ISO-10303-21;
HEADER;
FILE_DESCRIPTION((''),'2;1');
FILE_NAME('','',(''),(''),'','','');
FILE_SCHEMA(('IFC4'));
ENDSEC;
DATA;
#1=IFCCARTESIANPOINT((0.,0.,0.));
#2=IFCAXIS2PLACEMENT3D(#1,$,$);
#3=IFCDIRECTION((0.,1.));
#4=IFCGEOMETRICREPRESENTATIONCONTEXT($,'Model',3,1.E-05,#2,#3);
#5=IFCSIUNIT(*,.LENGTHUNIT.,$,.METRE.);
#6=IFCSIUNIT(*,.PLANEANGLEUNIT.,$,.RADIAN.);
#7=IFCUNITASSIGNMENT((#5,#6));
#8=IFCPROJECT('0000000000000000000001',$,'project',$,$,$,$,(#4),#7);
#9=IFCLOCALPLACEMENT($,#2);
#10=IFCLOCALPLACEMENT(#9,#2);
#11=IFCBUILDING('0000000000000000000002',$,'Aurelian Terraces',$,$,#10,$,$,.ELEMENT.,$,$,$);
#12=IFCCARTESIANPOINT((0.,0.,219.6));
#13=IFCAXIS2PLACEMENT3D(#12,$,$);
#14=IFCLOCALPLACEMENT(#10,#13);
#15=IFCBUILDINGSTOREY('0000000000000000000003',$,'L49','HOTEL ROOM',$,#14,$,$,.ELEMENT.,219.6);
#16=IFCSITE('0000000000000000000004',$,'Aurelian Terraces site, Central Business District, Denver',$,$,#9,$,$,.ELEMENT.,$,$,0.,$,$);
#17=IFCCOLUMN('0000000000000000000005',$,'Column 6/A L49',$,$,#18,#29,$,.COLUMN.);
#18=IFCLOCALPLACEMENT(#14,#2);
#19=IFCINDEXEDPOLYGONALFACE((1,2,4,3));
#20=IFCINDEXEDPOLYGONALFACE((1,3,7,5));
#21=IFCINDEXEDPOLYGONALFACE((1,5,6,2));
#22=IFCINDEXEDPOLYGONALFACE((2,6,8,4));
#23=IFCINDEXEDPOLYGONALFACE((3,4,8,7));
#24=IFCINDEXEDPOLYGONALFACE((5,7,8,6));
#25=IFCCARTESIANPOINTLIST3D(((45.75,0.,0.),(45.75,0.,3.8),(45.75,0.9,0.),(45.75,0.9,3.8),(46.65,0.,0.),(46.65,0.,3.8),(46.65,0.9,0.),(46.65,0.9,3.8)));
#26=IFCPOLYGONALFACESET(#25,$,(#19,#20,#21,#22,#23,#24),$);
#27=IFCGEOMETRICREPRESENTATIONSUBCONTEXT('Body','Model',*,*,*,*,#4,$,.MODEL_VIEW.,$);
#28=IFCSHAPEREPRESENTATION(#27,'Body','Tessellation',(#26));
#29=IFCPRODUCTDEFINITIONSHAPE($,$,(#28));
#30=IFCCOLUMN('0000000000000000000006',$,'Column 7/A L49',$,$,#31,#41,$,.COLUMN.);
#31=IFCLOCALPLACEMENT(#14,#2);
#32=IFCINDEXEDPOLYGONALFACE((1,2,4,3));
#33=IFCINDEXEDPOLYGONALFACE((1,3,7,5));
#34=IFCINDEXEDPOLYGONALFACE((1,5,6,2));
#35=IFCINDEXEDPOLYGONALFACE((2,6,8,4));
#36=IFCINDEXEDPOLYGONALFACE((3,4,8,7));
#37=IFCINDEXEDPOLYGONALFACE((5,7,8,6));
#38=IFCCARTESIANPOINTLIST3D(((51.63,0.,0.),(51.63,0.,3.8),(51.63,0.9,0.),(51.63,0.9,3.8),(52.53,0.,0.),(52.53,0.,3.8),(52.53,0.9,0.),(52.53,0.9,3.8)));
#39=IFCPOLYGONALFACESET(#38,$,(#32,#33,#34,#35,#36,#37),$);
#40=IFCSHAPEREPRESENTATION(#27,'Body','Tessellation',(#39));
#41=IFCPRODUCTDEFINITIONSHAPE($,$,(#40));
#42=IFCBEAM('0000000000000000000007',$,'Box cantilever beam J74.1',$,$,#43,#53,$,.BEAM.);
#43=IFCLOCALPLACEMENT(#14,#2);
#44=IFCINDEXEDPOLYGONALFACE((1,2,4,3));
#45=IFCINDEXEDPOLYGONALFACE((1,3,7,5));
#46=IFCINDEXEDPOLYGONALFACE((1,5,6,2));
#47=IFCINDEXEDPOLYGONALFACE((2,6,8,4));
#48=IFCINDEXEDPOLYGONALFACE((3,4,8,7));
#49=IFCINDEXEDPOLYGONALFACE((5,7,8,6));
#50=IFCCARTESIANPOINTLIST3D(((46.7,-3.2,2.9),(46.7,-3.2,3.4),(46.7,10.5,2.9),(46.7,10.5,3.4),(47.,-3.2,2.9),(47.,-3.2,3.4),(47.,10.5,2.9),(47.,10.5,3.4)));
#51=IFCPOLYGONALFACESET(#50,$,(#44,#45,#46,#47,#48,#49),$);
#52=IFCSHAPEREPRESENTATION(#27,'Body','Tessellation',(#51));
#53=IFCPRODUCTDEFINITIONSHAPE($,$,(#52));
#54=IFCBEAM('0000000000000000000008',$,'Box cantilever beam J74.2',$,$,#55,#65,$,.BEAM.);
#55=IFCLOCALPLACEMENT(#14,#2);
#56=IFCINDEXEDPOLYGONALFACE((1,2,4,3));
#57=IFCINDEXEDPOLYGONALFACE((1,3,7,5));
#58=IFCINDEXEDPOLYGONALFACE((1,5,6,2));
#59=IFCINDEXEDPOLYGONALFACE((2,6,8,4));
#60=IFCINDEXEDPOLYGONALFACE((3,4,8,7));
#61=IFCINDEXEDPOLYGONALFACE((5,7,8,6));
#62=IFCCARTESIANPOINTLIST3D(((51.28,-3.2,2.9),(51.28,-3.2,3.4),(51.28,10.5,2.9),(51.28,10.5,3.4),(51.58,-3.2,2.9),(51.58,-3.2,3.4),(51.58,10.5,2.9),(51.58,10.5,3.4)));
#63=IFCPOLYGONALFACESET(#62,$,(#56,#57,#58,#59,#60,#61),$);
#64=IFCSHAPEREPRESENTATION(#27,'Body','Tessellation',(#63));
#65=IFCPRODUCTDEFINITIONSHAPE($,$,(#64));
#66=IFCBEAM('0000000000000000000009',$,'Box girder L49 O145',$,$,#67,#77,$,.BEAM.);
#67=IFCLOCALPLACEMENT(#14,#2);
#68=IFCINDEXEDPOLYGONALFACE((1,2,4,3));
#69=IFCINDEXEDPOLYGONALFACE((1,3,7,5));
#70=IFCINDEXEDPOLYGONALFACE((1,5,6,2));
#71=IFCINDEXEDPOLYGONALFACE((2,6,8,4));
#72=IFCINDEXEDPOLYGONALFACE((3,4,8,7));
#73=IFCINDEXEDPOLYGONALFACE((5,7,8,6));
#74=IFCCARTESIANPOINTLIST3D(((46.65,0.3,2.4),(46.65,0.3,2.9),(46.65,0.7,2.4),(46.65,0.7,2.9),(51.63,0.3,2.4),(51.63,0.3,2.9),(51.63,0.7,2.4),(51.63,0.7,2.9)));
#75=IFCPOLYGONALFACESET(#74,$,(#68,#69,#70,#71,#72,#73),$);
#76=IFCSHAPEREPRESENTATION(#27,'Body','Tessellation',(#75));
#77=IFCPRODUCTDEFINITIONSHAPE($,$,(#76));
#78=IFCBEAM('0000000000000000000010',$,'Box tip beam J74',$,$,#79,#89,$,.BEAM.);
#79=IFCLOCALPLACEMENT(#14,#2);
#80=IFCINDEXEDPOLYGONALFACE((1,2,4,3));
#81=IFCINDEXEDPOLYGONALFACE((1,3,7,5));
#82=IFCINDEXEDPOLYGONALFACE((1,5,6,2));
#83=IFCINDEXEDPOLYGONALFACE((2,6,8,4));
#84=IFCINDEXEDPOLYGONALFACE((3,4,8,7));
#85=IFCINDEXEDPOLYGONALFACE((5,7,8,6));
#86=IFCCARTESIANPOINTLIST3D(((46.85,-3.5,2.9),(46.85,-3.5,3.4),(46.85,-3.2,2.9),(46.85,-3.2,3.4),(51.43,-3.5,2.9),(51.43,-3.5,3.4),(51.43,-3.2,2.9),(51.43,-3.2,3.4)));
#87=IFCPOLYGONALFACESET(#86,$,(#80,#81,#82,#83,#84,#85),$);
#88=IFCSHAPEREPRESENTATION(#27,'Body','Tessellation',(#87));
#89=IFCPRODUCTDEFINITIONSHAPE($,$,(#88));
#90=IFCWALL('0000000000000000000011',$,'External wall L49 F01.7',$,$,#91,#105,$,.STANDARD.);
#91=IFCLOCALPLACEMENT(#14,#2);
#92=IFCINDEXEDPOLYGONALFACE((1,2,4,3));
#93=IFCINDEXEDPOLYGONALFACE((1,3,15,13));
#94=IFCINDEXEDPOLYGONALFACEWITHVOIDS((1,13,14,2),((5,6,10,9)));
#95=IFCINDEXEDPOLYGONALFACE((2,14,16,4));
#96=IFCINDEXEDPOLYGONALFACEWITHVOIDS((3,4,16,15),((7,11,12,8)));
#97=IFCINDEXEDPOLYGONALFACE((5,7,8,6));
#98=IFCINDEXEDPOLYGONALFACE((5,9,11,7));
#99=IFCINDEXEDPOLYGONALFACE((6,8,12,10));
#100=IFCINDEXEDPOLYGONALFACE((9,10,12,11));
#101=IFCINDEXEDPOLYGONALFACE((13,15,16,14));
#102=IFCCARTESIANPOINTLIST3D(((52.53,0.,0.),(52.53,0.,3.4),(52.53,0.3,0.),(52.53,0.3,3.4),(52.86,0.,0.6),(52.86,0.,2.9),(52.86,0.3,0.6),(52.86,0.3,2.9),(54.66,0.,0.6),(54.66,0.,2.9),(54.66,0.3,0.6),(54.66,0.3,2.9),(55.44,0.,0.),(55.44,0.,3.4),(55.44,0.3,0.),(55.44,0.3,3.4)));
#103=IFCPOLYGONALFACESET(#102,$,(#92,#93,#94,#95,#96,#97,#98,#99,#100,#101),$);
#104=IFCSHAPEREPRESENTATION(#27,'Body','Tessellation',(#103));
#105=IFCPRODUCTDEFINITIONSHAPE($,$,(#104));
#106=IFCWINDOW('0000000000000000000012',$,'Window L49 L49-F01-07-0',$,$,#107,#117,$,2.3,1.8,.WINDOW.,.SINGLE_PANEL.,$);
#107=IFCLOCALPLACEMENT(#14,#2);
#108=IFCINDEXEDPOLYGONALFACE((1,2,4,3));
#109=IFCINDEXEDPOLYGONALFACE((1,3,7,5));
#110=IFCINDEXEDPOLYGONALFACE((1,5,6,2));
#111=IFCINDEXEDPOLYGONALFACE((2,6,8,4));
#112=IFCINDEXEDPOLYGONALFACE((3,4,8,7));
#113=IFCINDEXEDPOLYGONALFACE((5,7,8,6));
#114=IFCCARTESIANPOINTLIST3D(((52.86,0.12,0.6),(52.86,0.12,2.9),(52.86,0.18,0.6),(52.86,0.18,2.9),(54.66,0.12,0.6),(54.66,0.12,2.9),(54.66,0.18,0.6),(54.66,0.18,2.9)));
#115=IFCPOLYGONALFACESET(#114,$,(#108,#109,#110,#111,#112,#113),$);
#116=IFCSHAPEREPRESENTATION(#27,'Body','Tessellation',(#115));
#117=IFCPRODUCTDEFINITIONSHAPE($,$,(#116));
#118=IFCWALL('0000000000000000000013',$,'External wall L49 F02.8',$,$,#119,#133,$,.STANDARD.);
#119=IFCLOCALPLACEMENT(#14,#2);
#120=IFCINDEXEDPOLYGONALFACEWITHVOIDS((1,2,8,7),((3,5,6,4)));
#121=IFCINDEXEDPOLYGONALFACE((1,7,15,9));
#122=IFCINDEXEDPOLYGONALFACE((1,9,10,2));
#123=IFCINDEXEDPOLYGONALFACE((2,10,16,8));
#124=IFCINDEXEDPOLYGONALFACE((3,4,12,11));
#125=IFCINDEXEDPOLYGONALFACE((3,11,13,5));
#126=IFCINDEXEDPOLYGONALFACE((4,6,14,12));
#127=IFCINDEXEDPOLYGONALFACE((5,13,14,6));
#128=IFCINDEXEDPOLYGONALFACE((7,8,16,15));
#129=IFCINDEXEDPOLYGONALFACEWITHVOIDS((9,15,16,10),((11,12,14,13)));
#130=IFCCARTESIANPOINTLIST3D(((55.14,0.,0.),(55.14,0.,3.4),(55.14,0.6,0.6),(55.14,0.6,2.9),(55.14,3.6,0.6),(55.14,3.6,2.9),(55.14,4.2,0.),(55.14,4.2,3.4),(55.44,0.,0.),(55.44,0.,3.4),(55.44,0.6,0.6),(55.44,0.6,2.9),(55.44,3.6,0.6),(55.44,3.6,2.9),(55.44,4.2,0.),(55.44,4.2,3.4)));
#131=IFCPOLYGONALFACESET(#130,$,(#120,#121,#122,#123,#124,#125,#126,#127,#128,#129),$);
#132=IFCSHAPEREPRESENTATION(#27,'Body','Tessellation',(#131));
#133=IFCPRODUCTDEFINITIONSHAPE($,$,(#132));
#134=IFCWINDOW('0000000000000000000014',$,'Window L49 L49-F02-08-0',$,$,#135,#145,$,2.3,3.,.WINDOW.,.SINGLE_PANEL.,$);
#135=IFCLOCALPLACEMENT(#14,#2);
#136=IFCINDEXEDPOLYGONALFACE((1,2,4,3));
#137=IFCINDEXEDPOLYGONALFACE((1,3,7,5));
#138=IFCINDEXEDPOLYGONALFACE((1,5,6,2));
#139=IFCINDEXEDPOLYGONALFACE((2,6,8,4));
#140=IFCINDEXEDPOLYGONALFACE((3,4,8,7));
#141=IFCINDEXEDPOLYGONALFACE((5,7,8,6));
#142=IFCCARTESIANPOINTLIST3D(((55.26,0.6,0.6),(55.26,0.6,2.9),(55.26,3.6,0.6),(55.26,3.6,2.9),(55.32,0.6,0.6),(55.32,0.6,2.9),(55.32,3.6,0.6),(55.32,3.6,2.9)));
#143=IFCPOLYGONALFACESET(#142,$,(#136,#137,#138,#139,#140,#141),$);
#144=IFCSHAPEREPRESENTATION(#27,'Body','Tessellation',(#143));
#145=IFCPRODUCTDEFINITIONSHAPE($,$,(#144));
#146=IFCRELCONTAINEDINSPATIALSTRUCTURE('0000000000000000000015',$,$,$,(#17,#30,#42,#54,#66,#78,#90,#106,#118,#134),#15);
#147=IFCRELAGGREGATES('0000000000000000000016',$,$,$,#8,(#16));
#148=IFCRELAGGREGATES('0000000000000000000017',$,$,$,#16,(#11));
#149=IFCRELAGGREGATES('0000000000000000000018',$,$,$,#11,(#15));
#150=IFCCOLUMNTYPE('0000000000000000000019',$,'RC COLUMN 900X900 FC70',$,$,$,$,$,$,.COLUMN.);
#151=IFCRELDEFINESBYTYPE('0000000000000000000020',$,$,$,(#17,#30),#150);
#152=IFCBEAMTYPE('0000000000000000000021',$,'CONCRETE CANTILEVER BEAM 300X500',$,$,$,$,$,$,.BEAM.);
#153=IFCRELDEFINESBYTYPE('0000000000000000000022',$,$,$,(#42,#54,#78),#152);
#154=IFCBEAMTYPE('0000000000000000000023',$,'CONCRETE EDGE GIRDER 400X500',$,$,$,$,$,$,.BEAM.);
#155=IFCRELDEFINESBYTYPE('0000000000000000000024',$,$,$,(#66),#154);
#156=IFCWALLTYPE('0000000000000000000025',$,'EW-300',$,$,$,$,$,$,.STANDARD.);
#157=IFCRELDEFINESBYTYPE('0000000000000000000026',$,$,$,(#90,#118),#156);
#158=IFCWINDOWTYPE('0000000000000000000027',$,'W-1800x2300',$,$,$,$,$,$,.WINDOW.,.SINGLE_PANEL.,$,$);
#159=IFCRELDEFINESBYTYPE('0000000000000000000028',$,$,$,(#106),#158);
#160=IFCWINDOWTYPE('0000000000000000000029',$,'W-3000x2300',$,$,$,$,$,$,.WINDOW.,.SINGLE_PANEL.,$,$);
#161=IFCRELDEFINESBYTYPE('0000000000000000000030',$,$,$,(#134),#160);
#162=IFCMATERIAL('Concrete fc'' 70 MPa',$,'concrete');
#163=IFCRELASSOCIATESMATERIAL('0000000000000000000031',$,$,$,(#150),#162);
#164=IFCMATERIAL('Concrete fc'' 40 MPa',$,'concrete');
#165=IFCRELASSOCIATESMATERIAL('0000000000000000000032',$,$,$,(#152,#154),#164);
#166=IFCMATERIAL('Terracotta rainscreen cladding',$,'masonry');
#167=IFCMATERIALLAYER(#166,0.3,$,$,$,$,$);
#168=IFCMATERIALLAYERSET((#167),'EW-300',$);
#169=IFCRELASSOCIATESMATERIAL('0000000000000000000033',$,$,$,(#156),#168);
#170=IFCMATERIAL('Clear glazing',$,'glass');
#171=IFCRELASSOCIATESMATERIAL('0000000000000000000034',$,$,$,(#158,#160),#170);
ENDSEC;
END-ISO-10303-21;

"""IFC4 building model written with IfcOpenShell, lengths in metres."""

from ifc_helpers import new_model, si_unit, direction, frame, frame_2d, origin, origin_2d, place, context, subcontext, project, spatial, rectangle, extrude, source, transform, mapped, material, layer, layer_set, material_profile, profile_set, type_object, element, fill, save


model = new_model("IFC4")

# Units and contexts
model_context = context("Model", 3, precision=1e-05, world=origin(), true_north=direction((0.0, 1.0)))
body_context = subcontext(model_context, "Body", "Model", "MODEL_VIEW")
ifc_project = project(units=[si_unit("LENGTHUNIT", "METRE"), si_unit("PLANEANGLEUNIT", "RADIAN")], contexts=[model_context])

# Site, building, storey
site_placement = place(None, origin())
site = spatial("IfcSite", under=ifc_project, at=site_placement, Name="Aurelian Terraces site, Central Business District, Denver", CompositionType="ELEMENT", RefElevation=0.0)
building_placement = place(site_placement, origin())
building = spatial("IfcBuilding", under=site, at=building_placement, Name="Aurelian Terraces", CompositionType="ELEMENT")
storey_placement = place(building_placement, frame((0.0, 0.0, 219.6)))
storey = spatial("IfcBuildingStorey", under=building, at=storey_placement, Name="L49", Description="HOTEL ROOM", CompositionType="ELEMENT", Elevation=219.6)

# Columns
ifc_material_1 = material(Name="Concrete fc' 70 MPa", Category="concrete")
ifc_material_profile_1 = material_profile(ifc_material_1, rectangle(XDim=0.9, YDim=0.9, at=origin_2d()))
ifc_profile_set_1 = profile_set([ifc_material_profile_1], Name="Concrete fc' 70 MPa")
column_type = type_object("IfcColumnType", Name="RC COLUMN 900X900 FC70", PredefinedType="COLUMN", material=ifc_profile_set_1)
shared_shape_1 = source(origin(), body_context, "Body", "SweptSolid", [
    extrude(rectangle(XDim=0.9, YDim=0.9, at=origin_2d()), origin(), (0.0, 0.0, 1.0), 3.8),
])
for number, where, z_axis, x_axis, name in (
    (1, (46.2, 0.45, 0.0), (0.0, 0.0, 1.0), (1.0, 0.0, 0.0), "Column 6/A L49"),
    (2, (52.08, 0.45, 0.0), (0.0, 0.0, 1.0), (1.0, 0.0, 0.0), "Column 7/A L49"),
):
    element("IfcColumn", number, at=place(storey_placement, frame(where, z_axis=z_axis, x_axis=x_axis)), inside=storey, type_object=column_type, Name=name, PredefinedType="COLUMN", context=body_context, shape_type="MappedRepresentation", body=[
        mapped(shared_shape_1, transform((0.0, 0.0, 0.0), scale=1.0)),
    ])

# Beams
ifc_material_2 = material(Name="Concrete fc' 40 MPa", Category="concrete")
ifc_material_profile_2 = material_profile(ifc_material_2, rectangle(XDim=0.3, YDim=0.5, at=origin_2d()))
ifc_profile_set_2 = profile_set([ifc_material_profile_2], Name="Concrete fc' 40 MPa")
beam_type_1 = type_object("IfcBeamType", Name="CONCRETE CANTILEVER BEAM 300X500", PredefinedType="BEAM", material=ifc_profile_set_2)
shared_shape_2 = source(origin(), body_context, "Body", "SweptSolid", [
    extrude(rectangle(XDim=0.3, YDim=0.5, at=origin_2d()), origin(), (0.0, 0.0, 1.0), 13.7),
])
for number, where, z_axis, x_axis, name in (
    (3, (46.85, -3.2, 3.15), (0.0, 1.0, 0.0), (-1.0, 0.0, 0.0), "Box cantilever beam J74.1"),
    (4, (51.43, -3.2, 3.15), (0.0, 1.0, 0.0), (-1.0, 0.0, 0.0), "Box cantilever beam J74.2"),
):
    element("IfcBeam", number, at=place(storey_placement, frame(where, z_axis=z_axis, x_axis=x_axis)), inside=storey, type_object=beam_type_1, Name=name, PredefinedType="BEAM", context=body_context, shape_type="MappedRepresentation", body=[
        mapped(shared_shape_2, transform((0.0, 0.0, 0.0), scale=1.0)),
    ])
ifc_material_profile_3 = material_profile(ifc_material_2, rectangle(XDim=0.4, YDim=0.5, at=origin_2d()))
ifc_profile_set_3 = profile_set([ifc_material_profile_3], Name="Concrete fc' 40 MPa")
beam_type_2 = type_object("IfcBeamType", Name="CONCRETE EDGE GIRDER 400X500", PredefinedType="BEAM", material=ifc_profile_set_3)
shared_shape_3 = source(origin(), body_context, "Body", "SweptSolid", [
    extrude(rectangle(XDim=0.4, YDim=0.5, at=origin_2d()), origin(), (0.0, 0.0, 1.0), 4.98),
])
beam_1_placement = place(storey_placement, frame((46.65, 0.5, 2.65), z_axis=(1.0, 0.0, 0.0), x_axis=(0.0, 1.0, 0.0)))
element("IfcBeam", 5, at=beam_1_placement, inside=storey, type_object=beam_type_2, Name="Box girder L49 O145", PredefinedType="BEAM", context=body_context, shape_type="MappedRepresentation", body=[
    mapped(shared_shape_3, transform((0.0, 0.0, 0.0), scale=1.0)),
])
shared_shape_4 = source(origin(), body_context, "Body", "SweptSolid", [
    extrude(rectangle(XDim=0.3, YDim=0.5, at=origin_2d()), origin(), (0.0, 0.0, 1.0), 4.58),
])
beam_2_placement = place(storey_placement, frame((46.85, -3.35, 3.15), z_axis=(1.0, 0.0, 0.0), x_axis=(0.0, 1.0, 0.0)))
element("IfcBeam", 6, at=beam_2_placement, inside=storey, type_object=beam_type_1, Name="Box tip beam J74", PredefinedType="BEAM", context=body_context, shape_type="MappedRepresentation", body=[
    mapped(shared_shape_4, transform((0.0, 0.0, 0.0), scale=1.0)),
])

# Walls, openings, windows
ifc_material_3 = material(Name="Terracotta rainscreen cladding", Category="masonry")
ifc_layer_1 = layer(ifc_material_3, 0.3)
ifc_layer_set_1 = layer_set([ifc_layer_1], Name="EW-300")
wall_type_1 = type_object("IfcWallType", Name="EW-300", PredefinedType="STANDARD", material=ifc_layer_set_1)
shared_shape_5 = source(origin(), body_context, "Body", "SweptSolid", [
    extrude(rectangle(XDim=2.91, YDim=0.3, at=frame_2d((1.455, 0.0))), origin(), (0.0, 0.0, 1.0), 3.4),
])
wall_1_placement = place(storey_placement, frame((52.53, 0.15, 0.0), z_axis=(0.0, 0.0, 1.0), x_axis=(1.0, 0.0, 0.0)))
wall_1 = element("IfcWall", 7, at=wall_1_placement, inside=storey, type_object=wall_type_1, Name="External wall L49 F01.7", PredefinedType="STANDARD", context=body_context, shape_type="MappedRepresentation", body=[
    mapped(shared_shape_5, transform((0.0, 0.0, 0.0), scale=1.0)),
])
shared_shape_6 = source(origin(), body_context, "Body", "SweptSolid", [
    extrude(rectangle(XDim=1.8, YDim=2.3, at=frame_2d((0.9, 1.15))), frame((0.0, 0.16, 0.0), z_axis=(0.0, -1.0, 0.0), x_axis=(1.0, 0.0, 0.0)), (0.0, 0.0, 1.0), 0.32),
])
opening_1_placement = place(wall_1_placement, frame((0.33, 0.0, 0.6)))
opening_1 = element("IfcOpeningElement", 8, at=opening_1_placement, cuts=wall_1, PredefinedType="OPENING", context=body_context, shape_type="MappedRepresentation", body=[
    mapped(shared_shape_6, transform((0.0, 0.0, 0.0), scale=1.0)),
])
ifc_material_4 = material(Name="Clear glazing", Category="glass")
window_type_1 = type_object("IfcWindowType", Name="W-1800x2300", PartitioningType="SINGLE_PANEL", PredefinedType="WINDOW", material=ifc_material_4)
shared_shape_7 = source(origin(), body_context, "Body", "SweptSolid", [
    extrude(rectangle(XDim=1.8, YDim=2.3, at=frame_2d((0.9, 1.15))), frame((0.0, 0.03, 0.0), z_axis=(0.0, -1.0, 0.0), x_axis=(1.0, 0.0, 0.0)), (0.0, 0.0, 1.0), 0.06),
])
window_1_placement = place(opening_1_placement, origin())
window_1 = element("IfcWindow", 9, at=window_1_placement, inside=storey, type_object=window_type_1, Name="Window L49 L49-F01-07-0", OverallHeight=2.3, OverallWidth=1.8, PartitioningType="SINGLE_PANEL", PredefinedType="WINDOW", context=body_context, shape_type="MappedRepresentation", body=[
    mapped(shared_shape_7, transform((0.0, 0.0, 0.0), scale=1.0)),
])
fill(opening_1, window_1)
shared_shape_8 = source(origin(), body_context, "Body", "SweptSolid", [
    extrude(rectangle(XDim=4.2, YDim=0.3, at=frame_2d((2.1, 0.0))), origin(), (0.0, 0.0, 1.0), 3.4),
])
wall_2_placement = place(storey_placement, frame((55.29, 0.0, 0.0), z_axis=(0.0, 0.0, 1.0), x_axis=(0.0, 1.0, 0.0)))
wall_2 = element("IfcWall", 10, at=wall_2_placement, inside=storey, type_object=wall_type_1, Name="External wall L49 F02.8", PredefinedType="STANDARD", context=body_context, shape_type="MappedRepresentation", body=[
    mapped(shared_shape_8, transform((0.0, 0.0, 0.0), scale=1.0)),
])
shared_shape_9 = source(origin(), body_context, "Body", "SweptSolid", [
    extrude(rectangle(XDim=3.0, YDim=2.3, at=frame_2d((1.5, 1.15))), frame((0.0, 0.16, 0.0), z_axis=(0.0, -1.0, 0.0), x_axis=(1.0, 0.0, 0.0)), (0.0, 0.0, 1.0), 0.32),
])
opening_2_placement = place(wall_2_placement, frame((0.6, 0.0, 0.6)))
opening_2 = element("IfcOpeningElement", 11, at=opening_2_placement, cuts=wall_2, PredefinedType="OPENING", context=body_context, shape_type="MappedRepresentation", body=[
    mapped(shared_shape_9, transform((0.0, 0.0, 0.0), scale=1.0)),
])
window_type_2 = type_object("IfcWindowType", Name="W-3000x2300", PartitioningType="SINGLE_PANEL", PredefinedType="WINDOW", material=ifc_material_4)
shared_shape_10 = source(origin(), body_context, "Body", "SweptSolid", [
    extrude(rectangle(XDim=3.0, YDim=2.3, at=frame_2d((1.5, 1.15))), frame((0.0, 0.03, 0.0), z_axis=(0.0, -1.0, 0.0), x_axis=(1.0, 0.0, 0.0)), (0.0, 0.0, 1.0), 0.06),
])
window_2_placement = place(opening_2_placement, origin())
window_2 = element("IfcWindow", 12, at=window_2_placement, inside=storey, type_object=window_type_2, Name="Window L49 L49-F02-08-0", OverallHeight=2.3, OverallWidth=3.0, PartitioningType="SINGLE_PANEL", PredefinedType="WINDOW", context=body_context, shape_type="MappedRepresentation", body=[
    mapped(shared_shape_10, transform((0.0, 0.0, 0.0), scale=1.0)),
])
fill(opening_2, window_2)

save(model, "model.ifc")
